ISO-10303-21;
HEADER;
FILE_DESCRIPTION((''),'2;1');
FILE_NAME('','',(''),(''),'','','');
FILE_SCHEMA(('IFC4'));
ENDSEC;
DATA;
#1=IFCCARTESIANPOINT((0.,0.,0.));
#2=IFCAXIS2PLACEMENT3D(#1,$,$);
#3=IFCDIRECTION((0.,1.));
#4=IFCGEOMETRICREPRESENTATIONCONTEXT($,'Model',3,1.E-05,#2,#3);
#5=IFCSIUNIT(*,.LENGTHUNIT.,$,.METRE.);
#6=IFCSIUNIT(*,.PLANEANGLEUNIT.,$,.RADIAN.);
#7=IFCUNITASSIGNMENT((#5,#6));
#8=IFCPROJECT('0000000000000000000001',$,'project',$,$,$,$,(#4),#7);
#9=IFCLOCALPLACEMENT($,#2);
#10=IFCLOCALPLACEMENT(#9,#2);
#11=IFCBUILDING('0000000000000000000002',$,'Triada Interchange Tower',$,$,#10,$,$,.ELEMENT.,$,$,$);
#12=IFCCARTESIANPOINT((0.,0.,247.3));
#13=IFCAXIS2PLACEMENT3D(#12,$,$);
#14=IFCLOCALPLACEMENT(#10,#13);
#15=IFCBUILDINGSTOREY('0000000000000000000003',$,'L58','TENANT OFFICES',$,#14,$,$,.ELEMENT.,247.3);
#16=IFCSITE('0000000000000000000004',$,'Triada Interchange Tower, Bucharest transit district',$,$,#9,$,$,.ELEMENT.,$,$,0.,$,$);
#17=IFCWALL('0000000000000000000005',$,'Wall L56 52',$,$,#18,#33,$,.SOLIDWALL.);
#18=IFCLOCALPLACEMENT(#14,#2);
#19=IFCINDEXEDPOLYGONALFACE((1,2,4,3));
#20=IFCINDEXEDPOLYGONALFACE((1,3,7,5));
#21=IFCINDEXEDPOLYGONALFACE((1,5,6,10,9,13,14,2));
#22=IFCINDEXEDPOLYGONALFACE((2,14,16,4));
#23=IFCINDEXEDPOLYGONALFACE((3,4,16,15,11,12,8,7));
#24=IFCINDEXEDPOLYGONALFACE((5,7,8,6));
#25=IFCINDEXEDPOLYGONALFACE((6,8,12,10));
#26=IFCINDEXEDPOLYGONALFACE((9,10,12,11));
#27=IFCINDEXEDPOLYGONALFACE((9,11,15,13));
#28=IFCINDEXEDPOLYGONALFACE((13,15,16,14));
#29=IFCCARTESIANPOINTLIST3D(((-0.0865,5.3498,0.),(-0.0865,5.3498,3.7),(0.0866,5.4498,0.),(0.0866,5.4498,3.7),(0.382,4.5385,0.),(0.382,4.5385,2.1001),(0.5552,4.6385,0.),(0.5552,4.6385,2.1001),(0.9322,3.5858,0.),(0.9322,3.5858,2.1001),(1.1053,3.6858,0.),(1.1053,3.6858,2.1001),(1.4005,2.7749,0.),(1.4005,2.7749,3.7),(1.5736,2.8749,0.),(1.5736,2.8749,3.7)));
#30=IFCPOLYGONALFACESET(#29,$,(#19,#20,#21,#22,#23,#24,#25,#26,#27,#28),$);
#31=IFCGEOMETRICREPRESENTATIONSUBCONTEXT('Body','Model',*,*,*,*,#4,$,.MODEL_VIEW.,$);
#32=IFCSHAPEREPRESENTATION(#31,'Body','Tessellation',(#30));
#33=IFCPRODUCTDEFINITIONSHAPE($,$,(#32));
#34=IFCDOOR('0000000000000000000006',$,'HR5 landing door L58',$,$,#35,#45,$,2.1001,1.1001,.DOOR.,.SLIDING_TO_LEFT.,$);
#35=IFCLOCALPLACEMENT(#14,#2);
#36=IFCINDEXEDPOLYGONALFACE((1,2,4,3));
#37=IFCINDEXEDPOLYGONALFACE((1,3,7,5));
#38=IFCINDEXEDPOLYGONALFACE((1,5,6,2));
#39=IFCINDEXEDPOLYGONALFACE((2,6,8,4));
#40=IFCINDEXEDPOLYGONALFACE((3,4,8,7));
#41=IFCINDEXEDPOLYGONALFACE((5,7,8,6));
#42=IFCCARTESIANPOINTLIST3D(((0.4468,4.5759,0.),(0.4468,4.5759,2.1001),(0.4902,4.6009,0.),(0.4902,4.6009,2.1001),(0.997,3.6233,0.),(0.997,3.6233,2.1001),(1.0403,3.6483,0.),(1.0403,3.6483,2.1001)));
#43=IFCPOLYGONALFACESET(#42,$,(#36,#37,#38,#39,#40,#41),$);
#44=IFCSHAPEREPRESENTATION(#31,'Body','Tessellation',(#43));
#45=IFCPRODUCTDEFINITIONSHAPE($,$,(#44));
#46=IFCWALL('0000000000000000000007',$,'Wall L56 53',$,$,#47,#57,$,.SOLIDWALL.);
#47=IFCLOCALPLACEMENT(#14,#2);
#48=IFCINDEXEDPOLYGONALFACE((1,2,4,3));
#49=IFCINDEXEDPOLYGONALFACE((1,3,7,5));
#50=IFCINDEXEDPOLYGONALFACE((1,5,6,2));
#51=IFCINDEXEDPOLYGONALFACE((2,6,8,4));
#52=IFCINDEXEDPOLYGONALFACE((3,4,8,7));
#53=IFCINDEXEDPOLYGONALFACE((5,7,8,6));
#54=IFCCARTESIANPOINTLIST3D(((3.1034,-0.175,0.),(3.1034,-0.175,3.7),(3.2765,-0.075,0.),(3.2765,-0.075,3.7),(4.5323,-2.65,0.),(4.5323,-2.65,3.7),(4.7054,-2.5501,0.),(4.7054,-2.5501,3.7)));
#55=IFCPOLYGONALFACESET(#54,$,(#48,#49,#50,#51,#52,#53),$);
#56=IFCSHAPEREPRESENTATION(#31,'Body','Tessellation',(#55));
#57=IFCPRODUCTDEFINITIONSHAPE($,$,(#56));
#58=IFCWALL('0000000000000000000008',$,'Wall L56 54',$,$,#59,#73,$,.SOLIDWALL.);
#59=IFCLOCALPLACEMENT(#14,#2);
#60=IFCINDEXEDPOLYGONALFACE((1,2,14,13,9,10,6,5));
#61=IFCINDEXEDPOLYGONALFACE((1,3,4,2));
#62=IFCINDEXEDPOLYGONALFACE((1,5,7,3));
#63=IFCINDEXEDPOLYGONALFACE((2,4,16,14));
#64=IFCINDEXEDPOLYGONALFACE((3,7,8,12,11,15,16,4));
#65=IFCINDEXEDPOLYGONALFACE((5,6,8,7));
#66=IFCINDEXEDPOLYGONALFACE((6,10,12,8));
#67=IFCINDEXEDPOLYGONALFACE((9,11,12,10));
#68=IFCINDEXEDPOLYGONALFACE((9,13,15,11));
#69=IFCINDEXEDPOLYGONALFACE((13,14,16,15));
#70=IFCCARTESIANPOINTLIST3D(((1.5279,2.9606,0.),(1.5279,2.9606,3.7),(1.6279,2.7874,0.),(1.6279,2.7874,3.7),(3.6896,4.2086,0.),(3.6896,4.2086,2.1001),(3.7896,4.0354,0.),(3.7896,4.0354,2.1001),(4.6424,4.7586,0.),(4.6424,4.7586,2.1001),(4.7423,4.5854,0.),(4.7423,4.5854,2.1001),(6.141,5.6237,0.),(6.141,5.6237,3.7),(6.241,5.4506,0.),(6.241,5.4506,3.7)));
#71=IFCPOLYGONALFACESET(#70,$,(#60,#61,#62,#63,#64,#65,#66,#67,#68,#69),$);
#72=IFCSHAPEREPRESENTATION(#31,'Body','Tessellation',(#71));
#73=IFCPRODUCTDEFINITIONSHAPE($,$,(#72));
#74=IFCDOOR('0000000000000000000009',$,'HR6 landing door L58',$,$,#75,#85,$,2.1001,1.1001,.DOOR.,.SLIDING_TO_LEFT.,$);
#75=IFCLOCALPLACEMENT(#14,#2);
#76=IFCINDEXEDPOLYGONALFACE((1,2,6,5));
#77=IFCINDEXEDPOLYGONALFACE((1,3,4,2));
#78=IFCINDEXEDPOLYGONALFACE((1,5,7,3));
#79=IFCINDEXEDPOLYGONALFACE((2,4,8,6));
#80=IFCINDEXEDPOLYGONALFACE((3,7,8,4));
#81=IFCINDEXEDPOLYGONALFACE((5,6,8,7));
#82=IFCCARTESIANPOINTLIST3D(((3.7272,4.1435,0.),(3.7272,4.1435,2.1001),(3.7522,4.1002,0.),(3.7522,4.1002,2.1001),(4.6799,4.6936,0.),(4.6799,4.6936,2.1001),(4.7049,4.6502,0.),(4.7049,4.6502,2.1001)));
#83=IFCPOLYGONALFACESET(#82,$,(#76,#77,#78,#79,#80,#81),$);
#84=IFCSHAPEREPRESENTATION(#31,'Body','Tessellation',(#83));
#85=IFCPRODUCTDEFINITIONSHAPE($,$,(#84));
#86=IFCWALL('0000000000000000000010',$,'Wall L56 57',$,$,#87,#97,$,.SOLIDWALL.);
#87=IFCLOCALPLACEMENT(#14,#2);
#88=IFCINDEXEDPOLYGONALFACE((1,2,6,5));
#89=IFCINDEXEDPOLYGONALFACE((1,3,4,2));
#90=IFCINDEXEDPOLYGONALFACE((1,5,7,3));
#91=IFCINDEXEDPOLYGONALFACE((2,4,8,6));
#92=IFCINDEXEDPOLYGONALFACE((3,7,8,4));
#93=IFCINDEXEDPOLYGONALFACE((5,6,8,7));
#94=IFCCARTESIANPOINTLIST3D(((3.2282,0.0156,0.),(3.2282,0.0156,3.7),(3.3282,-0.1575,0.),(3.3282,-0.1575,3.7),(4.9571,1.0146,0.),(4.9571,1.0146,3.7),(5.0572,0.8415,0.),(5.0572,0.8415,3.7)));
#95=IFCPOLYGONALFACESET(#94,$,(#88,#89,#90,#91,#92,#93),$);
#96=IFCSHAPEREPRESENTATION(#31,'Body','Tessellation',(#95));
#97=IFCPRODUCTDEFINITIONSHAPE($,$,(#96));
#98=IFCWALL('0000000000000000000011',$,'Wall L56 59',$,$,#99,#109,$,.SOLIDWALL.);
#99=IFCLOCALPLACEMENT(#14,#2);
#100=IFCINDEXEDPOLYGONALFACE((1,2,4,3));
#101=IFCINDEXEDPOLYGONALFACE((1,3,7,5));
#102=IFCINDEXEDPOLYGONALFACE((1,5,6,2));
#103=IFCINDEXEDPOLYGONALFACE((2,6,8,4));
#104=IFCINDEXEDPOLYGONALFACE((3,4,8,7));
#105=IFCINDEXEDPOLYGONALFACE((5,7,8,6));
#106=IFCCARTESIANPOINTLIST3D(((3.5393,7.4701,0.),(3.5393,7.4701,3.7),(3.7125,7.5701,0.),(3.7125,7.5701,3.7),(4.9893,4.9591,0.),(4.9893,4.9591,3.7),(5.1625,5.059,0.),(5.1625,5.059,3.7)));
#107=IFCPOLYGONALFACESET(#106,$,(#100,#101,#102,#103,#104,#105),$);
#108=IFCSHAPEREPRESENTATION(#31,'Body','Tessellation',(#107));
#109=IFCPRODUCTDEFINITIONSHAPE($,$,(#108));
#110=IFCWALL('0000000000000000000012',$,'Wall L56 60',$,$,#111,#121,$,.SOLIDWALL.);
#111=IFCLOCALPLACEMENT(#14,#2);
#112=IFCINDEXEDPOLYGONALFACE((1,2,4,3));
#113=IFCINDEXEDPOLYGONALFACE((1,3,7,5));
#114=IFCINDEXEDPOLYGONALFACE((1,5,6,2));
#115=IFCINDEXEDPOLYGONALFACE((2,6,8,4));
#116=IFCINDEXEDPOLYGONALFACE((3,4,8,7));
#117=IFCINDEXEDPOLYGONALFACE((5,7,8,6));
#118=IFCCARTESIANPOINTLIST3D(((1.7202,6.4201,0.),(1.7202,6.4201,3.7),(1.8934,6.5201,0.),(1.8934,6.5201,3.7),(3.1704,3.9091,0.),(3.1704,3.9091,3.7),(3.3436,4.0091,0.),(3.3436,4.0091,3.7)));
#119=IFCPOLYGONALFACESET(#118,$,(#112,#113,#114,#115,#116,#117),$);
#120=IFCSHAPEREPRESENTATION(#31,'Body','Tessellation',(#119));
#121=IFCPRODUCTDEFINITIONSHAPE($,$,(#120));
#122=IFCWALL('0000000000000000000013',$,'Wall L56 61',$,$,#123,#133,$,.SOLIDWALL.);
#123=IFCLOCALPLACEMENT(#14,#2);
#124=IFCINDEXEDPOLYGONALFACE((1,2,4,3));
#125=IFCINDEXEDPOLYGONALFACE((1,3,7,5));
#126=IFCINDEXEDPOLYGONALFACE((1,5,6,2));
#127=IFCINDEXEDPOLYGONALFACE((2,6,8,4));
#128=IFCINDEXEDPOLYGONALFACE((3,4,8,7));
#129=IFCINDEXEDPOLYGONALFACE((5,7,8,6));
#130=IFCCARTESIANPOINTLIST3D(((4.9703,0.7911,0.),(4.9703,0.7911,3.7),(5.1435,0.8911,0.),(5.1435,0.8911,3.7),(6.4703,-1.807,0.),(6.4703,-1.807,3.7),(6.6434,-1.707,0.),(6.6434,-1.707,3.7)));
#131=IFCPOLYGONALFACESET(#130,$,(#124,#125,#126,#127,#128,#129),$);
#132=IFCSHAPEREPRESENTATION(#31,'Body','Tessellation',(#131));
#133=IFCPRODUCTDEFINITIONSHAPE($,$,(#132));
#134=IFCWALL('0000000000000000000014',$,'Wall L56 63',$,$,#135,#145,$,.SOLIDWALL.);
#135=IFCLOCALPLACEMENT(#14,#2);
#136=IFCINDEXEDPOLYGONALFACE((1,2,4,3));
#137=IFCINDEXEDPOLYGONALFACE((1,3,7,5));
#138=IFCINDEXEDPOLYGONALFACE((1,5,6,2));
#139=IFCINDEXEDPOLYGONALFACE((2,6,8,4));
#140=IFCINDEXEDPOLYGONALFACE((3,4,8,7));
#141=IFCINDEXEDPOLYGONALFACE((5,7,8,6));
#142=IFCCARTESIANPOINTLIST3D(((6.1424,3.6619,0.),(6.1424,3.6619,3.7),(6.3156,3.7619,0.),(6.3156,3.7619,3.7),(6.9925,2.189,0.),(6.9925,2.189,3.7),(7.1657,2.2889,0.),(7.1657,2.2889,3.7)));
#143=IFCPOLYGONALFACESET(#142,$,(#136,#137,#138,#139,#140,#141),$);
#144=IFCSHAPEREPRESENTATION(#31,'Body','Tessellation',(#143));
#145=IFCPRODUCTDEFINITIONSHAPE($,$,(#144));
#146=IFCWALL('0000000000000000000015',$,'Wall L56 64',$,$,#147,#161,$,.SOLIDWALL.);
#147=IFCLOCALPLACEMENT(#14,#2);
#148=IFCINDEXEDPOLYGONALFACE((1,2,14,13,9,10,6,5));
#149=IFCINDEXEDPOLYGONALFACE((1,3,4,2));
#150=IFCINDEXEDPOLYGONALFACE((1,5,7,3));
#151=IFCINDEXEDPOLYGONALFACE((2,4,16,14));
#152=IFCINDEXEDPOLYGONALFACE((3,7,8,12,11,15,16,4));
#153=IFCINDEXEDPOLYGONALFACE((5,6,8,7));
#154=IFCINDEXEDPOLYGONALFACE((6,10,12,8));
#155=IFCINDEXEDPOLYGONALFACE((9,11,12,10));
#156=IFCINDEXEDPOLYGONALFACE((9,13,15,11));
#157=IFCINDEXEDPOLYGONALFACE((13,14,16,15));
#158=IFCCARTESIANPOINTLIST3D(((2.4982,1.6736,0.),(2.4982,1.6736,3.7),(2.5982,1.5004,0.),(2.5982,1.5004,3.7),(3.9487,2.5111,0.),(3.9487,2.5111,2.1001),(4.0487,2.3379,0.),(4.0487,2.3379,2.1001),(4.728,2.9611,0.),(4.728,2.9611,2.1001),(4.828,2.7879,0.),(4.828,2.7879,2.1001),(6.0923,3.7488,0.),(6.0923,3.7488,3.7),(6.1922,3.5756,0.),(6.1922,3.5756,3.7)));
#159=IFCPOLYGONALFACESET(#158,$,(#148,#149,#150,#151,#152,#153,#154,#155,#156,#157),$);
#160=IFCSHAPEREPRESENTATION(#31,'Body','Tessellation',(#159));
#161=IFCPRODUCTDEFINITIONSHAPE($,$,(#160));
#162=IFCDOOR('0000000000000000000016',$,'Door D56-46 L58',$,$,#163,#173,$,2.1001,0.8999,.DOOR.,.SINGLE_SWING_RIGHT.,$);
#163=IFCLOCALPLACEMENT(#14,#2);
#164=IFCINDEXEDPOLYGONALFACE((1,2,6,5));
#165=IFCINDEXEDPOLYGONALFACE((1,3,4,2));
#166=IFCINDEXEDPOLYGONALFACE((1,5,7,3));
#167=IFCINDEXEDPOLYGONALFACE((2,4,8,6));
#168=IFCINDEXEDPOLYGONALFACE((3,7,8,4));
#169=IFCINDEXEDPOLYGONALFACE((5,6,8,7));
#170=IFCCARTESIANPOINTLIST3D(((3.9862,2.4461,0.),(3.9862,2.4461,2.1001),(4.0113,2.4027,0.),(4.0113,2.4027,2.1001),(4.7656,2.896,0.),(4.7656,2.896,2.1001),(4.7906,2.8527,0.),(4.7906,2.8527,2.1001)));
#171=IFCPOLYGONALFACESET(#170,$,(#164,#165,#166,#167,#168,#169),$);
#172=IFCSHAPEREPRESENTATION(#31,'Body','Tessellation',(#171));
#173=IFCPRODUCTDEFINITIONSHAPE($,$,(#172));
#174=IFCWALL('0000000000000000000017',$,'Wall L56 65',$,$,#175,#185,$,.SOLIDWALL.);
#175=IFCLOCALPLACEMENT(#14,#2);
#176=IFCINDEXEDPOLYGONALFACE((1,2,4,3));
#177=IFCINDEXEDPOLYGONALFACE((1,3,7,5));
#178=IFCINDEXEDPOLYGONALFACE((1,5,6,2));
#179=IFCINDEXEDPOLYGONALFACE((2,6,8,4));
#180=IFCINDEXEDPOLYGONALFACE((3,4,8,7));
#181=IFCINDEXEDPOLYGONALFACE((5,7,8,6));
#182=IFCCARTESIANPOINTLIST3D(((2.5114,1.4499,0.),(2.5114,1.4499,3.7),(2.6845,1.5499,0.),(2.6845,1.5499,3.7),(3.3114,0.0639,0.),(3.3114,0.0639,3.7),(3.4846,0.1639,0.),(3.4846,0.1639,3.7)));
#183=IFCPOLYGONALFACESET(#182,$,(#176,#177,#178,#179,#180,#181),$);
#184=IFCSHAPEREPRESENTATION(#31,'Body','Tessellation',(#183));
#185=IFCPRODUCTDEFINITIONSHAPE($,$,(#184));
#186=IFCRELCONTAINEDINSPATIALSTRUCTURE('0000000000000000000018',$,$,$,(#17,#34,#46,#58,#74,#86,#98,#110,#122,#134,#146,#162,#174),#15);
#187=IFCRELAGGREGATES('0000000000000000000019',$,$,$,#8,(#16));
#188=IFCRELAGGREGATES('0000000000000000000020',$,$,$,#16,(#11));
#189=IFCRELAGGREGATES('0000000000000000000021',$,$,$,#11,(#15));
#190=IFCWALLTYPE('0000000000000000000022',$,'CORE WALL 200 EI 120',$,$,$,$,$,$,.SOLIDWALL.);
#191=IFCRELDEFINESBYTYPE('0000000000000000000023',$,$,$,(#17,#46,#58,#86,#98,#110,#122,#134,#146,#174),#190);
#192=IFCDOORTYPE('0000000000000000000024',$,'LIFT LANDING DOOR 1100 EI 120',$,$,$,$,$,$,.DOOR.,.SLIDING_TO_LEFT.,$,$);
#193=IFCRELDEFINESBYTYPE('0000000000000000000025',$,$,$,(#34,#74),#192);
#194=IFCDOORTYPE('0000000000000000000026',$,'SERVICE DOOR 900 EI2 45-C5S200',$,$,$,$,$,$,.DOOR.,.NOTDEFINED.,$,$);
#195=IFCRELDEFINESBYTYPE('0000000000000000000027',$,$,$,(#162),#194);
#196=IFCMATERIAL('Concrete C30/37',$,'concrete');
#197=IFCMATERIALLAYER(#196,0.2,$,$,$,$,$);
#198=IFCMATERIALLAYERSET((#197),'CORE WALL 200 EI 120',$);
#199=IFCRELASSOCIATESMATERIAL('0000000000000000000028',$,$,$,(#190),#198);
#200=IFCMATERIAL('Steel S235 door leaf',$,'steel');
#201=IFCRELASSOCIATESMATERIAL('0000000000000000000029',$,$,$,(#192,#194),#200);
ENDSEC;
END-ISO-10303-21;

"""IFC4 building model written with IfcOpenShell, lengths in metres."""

from ifc_helpers import new_model, si_unit, direction, frame, frame_2d, origin, place, context, subcontext, project, spatial, rectangle, extrude, material, layer, layer_set, type_object, element, fill, save


model = new_model("IFC4")

# Units and contexts
model_context = context("Model", 3, precision=1e-05, world=origin(), true_north=direction((0.0, 1.0)))
body_context = subcontext(model_context, "Body", "Model", "MODEL_VIEW")
ifc_project = project(units=[si_unit("LENGTHUNIT", "METRE"), si_unit("PLANEANGLEUNIT", "RADIAN")], contexts=[model_context])

# Site, building, storey
site_placement = place(None, origin())
site = spatial("IfcSite", under=ifc_project, at=site_placement, Name="Triada Interchange Tower, Bucharest transit district", CompositionType="ELEMENT", RefElevation=0.0)
building_placement = place(site_placement, origin())
building = spatial("IfcBuilding", under=site, at=building_placement, Name="Triada Interchange Tower", CompositionType="ELEMENT")
storey_placement = place(building_placement, frame((0.0, 0.0, 247.3)))
storey = spatial("IfcBuildingStorey", under=building, at=storey_placement, Name="L58", Description="TENANT OFFICES", CompositionType="ELEMENT", Elevation=247.3)

# Wall, opening, door
ifc_material_1 = material(Name="Concrete C30/37", Category="concrete")
ifc_layer_1 = layer(ifc_material_1, 0.2)
ifc_layer_set_1 = layer_set([ifc_layer_1], Name="CORE WALL 200 EI 120")
wall_type_1 = type_object("IfcWallType", Name="CORE WALL 200 EI 120", PredefinedType="SOLIDWALL", material=ifc_layer_set_1)
ifc_material_2 = material(Name="Steel S235 door leaf", Category="steel")
door_type_1 = type_object("IfcDoorType", Name="LIFT LANDING DOOR 1100 EI 120", OperationType="SLIDING_TO_LEFT", PredefinedType="DOOR", material=ifc_material_2)
wall_1_placement = place(storey_placement, frame((0.0, 5.3999, 0.0), z_axis=(0.0, 0.0, 1.0), x_axis=(0.500104, -0.865965, 0.0)))
wall_1 = element("IfcWall", 1, at=wall_1_placement, inside=storey, type_object=wall_type_1, Name="Wall L56 52", PredefinedType="SOLIDWALL", context=body_context, shape_type="SweptSolid", body=[
    extrude(rectangle(XDim=2.9734, YDim=0.2, at=frame_2d((1.4868, 0.0))), origin(), (0.0, 0.0, 1.0), 3.7),
])
opening_1_placement = place(wall_1_placement, frame((0.937, 0.0, 0.0)))
opening_1 = element("IfcOpeningElement", 2, at=opening_1_placement, cuts=wall_1, PredefinedType="OPENING", context=body_context, shape_type="SweptSolid", body=[
    extrude(rectangle(XDim=1.1001, YDim=2.1001, at=frame_2d((0.55, 1.05))), frame((0.0, 0.1099, 0.0), z_axis=(0.0, -1.0, 0.0), x_axis=(1.0, 0.0, 0.0)), (0.0, 0.0, 1.0), 0.22),
])
door_1_placement = place(opening_1_placement, origin())
door_1 = element("IfcDoor", 3, at=door_1_placement, inside=storey, type_object=door_type_1, Name="HR5 landing door L58", OperationType="SLIDING_TO_LEFT", OverallHeight=2.1001, OverallWidth=1.1001, PredefinedType="DOOR", context=body_context, shape_type="SweptSolid", body=[
    extrude(rectangle(XDim=1.1001, YDim=2.1001, at=frame_2d((0.55, 1.05))), frame((0.0, 0.0249, 0.0), z_axis=(0.0, -1.0, 0.0), x_axis=(1.0, 0.0, 0.0)), (0.0, 0.0, 1.0), 0.05),
])
fill(opening_1, door_1)

# Wall
wall_2_placement = place(storey_placement, frame((3.1899, -0.125, 0.0), z_axis=(0.0, 0.0, 1.0), x_axis=(0.499989, -0.866032, 0.0)))
element("IfcWall", 4, at=wall_2_placement, inside=storey, type_object=wall_type_1, Name="Wall L56 53", PredefinedType="SOLIDWALL", context=body_context, shape_type="SweptSolid", body=[
    extrude(rectangle(XDim=2.8579, YDim=0.2, at=frame_2d((1.429, 0.0))), origin(), (0.0, 0.0, 1.0), 3.7),
])

# Wall, opening, door
wall_3_placement = place(storey_placement, frame((1.5779, 2.874, 0.0), z_axis=(0.0, 0.0, 1.0), x_axis=(0.866046, 0.499964, 0.0)))
wall_3 = element("IfcWall", 5, at=wall_3_placement, inside=storey, type_object=wall_type_1, Name="Wall L56 54", PredefinedType="SOLIDWALL", context=body_context, shape_type="SweptSolid", body=[
    extrude(rectangle(XDim=5.3267, YDim=0.2, at=frame_2d((2.6633, 0.0))), origin(), (0.0, 0.0, 1.0), 3.7),
])
opening_2_placement = place(wall_3_placement, frame((2.4961, 0.0, 0.0)))
opening_2 = element("IfcOpeningElement", 6, at=opening_2_placement, cuts=wall_3, PredefinedType="OPENING", context=body_context, shape_type="SweptSolid", body=[
    extrude(rectangle(XDim=1.1001, YDim=2.1001, at=frame_2d((0.55, 1.05))), frame((0.0, 0.1099, 0.0), z_axis=(0.0, -1.0, 0.0), x_axis=(1.0, 0.0, 0.0)), (0.0, 0.0, 1.0), 0.22),
])
door_2_placement = place(opening_2_placement, origin())
door_2 = element("IfcDoor", 7, at=door_2_placement, inside=storey, type_object=door_type_1, Name="HR6 landing door L58", OperationType="SLIDING_TO_LEFT", OverallHeight=2.1001, OverallWidth=1.1001, PredefinedType="DOOR", context=body_context, shape_type="SweptSolid", body=[
    extrude(rectangle(XDim=1.1001, YDim=2.1001, at=frame_2d((0.55, 1.05))), frame((0.0, 0.0249, 0.0), z_axis=(0.0, -1.0, 0.0), x_axis=(1.0, 0.0, 0.0)), (0.0, 0.0, 1.0), 0.05),
])
fill(opening_2, door_2)

# Walls
wall_4_placement = place(storey_placement, frame((3.2781, -0.071, 0.0), z_axis=(0.0, 0.0, 1.0), x_axis=(0.865856, 0.500294, 0.0)))
element("IfcWall", 8, at=wall_4_placement, inside=storey, type_object=wall_type_1, Name="Wall L56 57", PredefinedType="SOLIDWALL", context=body_context, shape_type="SweptSolid", body=[
    extrude(rectangle(XDim=1.9968, YDim=0.2, at=frame_2d((0.9985, 0.0))), origin(), (0.0, 0.0, 1.0), 3.7),
])
for number, where, z_axis, x_axis, name in (
    (9, (3.626, 7.52, 0.0), (0.0, 0.0, 1.0), (0.50006, -0.865991, 0.0), "Wall L56 59"),
    (10, (1.8069, 6.47, 0.0), (0.0, 0.0, 1.0), (0.500123, -0.865954, 0.0), "Wall L56 60"),
):
    element("IfcWall", number, at=place(storey_placement, frame(where, z_axis=z_axis, x_axis=x_axis)), inside=storey, type_object=wall_type_1, Name=name, PredefinedType="SOLIDWALL", context=body_context, shape_type="SweptSolid", body=[
        extrude(rectangle(XDim=2.8997, YDim=0.2, at=frame_2d((1.4497, 0.0))), origin(), (0.0, 0.0, 1.0), 3.7),
    ])
wall_5_placement = place(storey_placement, frame((5.0569, 0.8411, 0.0), z_axis=(0.0, 0.0, 1.0), x_axis=(0.49999, -0.866031, 0.0)))
element("IfcWall", 11, at=wall_5_placement, inside=storey, type_object=wall_type_1, Name="Wall L56 61", PredefinedType="SOLIDWALL", context=body_context, shape_type="SweptSolid", body=[
    extrude(rectangle(XDim=3.0, YDim=0.2, at=frame_2d((1.5, 0.0))), origin(), (0.0, 0.0, 1.0), 3.7),
])
wall_6_placement = place(storey_placement, frame((6.229, 3.7119, 0.0), z_axis=(0.0, 0.0, 1.0), x_axis=(0.499876, -0.866097, 0.0)))
element("IfcWall", 12, at=wall_6_placement, inside=storey, type_object=wall_type_1, Name="Wall L56 63", PredefinedType="SOLIDWALL", context=body_context, shape_type="SweptSolid", body=[
    extrude(rectangle(XDim=1.7007, YDim=0.2, at=frame_2d((0.8503, 0.0))), origin(), (0.0, 0.0, 1.0), 3.7),
])

# Wall, opening, door
wall_7_placement = place(storey_placement, frame((2.5481, 1.5869, 0.0), z_axis=(0.0, 0.0, 1.0), x_axis=(0.866004, 0.500036, 0.0)))
wall_7 = element("IfcWall", 13, at=wall_7_placement, inside=storey, type_object=wall_type_1, Name="Wall L56 64", PredefinedType="SOLIDWALL", context=body_context, shape_type="SweptSolid", body=[
    extrude(rectangle(XDim=4.1501, YDim=0.2, at=frame_2d((2.0752, 0.0))), origin(), (0.0, 0.0, 1.0), 3.7),
])
opening_3_placement = place(wall_7_placement, frame((1.675, 0.0, 0.0)))
opening_3 = element("IfcOpeningElement", 14, at=opening_3_placement, cuts=wall_7, PredefinedType="OPENING", context=body_context, shape_type="SweptSolid", body=[
    extrude(rectangle(XDim=0.8999, YDim=2.1001, at=frame_2d((0.45, 1.05))), frame((0.0, 0.1099, 0.0), z_axis=(0.0, -1.0, 0.0), x_axis=(1.0, 0.0, 0.0)), (0.0, 0.0, 1.0), 0.22),
])
door_type_2 = type_object("IfcDoorType", Name="SERVICE DOOR 900 EI2 45-C5S200", OperationType="NOTDEFINED", PredefinedType="DOOR", material=ifc_material_2)
door_3_placement = place(opening_3_placement, origin())
door_3 = element("IfcDoor", 15, at=door_3_placement, inside=storey, type_object=door_type_2, Name="Door D56-46 L58", OperationType="SINGLE_SWING_RIGHT", OverallHeight=2.1001, OverallWidth=0.8999, PredefinedType="DOOR", context=body_context, shape_type="SweptSolid", body=[
    extrude(rectangle(XDim=0.8999, YDim=2.1001, at=frame_2d((0.45, 1.05))), frame((0.0, 0.0249, 0.0), z_axis=(0.0, -1.0, 0.0), x_axis=(1.0, 0.0, 0.0)), (0.0, 0.0, 1.0), 0.05),
])
fill(opening_3, door_3)

# Wall
wall_8_placement = place(storey_placement, frame((2.5979, 1.5, 0.0), z_axis=(0.0, 0.0, 1.0), x_axis=(0.499929, -0.866066, 0.0)))
element("IfcWall", 16, at=wall_8_placement, inside=storey, type_object=wall_type_1, Name="Wall L56 65", PredefinedType="SOLIDWALL", context=body_context, shape_type="SweptSolid", body=[
    extrude(rectangle(XDim=1.6003, YDim=0.2, at=frame_2d((0.8003, 0.0))), origin(), (0.0, 0.0, 1.0), 3.7),
])

save(model, "model.ifc")
